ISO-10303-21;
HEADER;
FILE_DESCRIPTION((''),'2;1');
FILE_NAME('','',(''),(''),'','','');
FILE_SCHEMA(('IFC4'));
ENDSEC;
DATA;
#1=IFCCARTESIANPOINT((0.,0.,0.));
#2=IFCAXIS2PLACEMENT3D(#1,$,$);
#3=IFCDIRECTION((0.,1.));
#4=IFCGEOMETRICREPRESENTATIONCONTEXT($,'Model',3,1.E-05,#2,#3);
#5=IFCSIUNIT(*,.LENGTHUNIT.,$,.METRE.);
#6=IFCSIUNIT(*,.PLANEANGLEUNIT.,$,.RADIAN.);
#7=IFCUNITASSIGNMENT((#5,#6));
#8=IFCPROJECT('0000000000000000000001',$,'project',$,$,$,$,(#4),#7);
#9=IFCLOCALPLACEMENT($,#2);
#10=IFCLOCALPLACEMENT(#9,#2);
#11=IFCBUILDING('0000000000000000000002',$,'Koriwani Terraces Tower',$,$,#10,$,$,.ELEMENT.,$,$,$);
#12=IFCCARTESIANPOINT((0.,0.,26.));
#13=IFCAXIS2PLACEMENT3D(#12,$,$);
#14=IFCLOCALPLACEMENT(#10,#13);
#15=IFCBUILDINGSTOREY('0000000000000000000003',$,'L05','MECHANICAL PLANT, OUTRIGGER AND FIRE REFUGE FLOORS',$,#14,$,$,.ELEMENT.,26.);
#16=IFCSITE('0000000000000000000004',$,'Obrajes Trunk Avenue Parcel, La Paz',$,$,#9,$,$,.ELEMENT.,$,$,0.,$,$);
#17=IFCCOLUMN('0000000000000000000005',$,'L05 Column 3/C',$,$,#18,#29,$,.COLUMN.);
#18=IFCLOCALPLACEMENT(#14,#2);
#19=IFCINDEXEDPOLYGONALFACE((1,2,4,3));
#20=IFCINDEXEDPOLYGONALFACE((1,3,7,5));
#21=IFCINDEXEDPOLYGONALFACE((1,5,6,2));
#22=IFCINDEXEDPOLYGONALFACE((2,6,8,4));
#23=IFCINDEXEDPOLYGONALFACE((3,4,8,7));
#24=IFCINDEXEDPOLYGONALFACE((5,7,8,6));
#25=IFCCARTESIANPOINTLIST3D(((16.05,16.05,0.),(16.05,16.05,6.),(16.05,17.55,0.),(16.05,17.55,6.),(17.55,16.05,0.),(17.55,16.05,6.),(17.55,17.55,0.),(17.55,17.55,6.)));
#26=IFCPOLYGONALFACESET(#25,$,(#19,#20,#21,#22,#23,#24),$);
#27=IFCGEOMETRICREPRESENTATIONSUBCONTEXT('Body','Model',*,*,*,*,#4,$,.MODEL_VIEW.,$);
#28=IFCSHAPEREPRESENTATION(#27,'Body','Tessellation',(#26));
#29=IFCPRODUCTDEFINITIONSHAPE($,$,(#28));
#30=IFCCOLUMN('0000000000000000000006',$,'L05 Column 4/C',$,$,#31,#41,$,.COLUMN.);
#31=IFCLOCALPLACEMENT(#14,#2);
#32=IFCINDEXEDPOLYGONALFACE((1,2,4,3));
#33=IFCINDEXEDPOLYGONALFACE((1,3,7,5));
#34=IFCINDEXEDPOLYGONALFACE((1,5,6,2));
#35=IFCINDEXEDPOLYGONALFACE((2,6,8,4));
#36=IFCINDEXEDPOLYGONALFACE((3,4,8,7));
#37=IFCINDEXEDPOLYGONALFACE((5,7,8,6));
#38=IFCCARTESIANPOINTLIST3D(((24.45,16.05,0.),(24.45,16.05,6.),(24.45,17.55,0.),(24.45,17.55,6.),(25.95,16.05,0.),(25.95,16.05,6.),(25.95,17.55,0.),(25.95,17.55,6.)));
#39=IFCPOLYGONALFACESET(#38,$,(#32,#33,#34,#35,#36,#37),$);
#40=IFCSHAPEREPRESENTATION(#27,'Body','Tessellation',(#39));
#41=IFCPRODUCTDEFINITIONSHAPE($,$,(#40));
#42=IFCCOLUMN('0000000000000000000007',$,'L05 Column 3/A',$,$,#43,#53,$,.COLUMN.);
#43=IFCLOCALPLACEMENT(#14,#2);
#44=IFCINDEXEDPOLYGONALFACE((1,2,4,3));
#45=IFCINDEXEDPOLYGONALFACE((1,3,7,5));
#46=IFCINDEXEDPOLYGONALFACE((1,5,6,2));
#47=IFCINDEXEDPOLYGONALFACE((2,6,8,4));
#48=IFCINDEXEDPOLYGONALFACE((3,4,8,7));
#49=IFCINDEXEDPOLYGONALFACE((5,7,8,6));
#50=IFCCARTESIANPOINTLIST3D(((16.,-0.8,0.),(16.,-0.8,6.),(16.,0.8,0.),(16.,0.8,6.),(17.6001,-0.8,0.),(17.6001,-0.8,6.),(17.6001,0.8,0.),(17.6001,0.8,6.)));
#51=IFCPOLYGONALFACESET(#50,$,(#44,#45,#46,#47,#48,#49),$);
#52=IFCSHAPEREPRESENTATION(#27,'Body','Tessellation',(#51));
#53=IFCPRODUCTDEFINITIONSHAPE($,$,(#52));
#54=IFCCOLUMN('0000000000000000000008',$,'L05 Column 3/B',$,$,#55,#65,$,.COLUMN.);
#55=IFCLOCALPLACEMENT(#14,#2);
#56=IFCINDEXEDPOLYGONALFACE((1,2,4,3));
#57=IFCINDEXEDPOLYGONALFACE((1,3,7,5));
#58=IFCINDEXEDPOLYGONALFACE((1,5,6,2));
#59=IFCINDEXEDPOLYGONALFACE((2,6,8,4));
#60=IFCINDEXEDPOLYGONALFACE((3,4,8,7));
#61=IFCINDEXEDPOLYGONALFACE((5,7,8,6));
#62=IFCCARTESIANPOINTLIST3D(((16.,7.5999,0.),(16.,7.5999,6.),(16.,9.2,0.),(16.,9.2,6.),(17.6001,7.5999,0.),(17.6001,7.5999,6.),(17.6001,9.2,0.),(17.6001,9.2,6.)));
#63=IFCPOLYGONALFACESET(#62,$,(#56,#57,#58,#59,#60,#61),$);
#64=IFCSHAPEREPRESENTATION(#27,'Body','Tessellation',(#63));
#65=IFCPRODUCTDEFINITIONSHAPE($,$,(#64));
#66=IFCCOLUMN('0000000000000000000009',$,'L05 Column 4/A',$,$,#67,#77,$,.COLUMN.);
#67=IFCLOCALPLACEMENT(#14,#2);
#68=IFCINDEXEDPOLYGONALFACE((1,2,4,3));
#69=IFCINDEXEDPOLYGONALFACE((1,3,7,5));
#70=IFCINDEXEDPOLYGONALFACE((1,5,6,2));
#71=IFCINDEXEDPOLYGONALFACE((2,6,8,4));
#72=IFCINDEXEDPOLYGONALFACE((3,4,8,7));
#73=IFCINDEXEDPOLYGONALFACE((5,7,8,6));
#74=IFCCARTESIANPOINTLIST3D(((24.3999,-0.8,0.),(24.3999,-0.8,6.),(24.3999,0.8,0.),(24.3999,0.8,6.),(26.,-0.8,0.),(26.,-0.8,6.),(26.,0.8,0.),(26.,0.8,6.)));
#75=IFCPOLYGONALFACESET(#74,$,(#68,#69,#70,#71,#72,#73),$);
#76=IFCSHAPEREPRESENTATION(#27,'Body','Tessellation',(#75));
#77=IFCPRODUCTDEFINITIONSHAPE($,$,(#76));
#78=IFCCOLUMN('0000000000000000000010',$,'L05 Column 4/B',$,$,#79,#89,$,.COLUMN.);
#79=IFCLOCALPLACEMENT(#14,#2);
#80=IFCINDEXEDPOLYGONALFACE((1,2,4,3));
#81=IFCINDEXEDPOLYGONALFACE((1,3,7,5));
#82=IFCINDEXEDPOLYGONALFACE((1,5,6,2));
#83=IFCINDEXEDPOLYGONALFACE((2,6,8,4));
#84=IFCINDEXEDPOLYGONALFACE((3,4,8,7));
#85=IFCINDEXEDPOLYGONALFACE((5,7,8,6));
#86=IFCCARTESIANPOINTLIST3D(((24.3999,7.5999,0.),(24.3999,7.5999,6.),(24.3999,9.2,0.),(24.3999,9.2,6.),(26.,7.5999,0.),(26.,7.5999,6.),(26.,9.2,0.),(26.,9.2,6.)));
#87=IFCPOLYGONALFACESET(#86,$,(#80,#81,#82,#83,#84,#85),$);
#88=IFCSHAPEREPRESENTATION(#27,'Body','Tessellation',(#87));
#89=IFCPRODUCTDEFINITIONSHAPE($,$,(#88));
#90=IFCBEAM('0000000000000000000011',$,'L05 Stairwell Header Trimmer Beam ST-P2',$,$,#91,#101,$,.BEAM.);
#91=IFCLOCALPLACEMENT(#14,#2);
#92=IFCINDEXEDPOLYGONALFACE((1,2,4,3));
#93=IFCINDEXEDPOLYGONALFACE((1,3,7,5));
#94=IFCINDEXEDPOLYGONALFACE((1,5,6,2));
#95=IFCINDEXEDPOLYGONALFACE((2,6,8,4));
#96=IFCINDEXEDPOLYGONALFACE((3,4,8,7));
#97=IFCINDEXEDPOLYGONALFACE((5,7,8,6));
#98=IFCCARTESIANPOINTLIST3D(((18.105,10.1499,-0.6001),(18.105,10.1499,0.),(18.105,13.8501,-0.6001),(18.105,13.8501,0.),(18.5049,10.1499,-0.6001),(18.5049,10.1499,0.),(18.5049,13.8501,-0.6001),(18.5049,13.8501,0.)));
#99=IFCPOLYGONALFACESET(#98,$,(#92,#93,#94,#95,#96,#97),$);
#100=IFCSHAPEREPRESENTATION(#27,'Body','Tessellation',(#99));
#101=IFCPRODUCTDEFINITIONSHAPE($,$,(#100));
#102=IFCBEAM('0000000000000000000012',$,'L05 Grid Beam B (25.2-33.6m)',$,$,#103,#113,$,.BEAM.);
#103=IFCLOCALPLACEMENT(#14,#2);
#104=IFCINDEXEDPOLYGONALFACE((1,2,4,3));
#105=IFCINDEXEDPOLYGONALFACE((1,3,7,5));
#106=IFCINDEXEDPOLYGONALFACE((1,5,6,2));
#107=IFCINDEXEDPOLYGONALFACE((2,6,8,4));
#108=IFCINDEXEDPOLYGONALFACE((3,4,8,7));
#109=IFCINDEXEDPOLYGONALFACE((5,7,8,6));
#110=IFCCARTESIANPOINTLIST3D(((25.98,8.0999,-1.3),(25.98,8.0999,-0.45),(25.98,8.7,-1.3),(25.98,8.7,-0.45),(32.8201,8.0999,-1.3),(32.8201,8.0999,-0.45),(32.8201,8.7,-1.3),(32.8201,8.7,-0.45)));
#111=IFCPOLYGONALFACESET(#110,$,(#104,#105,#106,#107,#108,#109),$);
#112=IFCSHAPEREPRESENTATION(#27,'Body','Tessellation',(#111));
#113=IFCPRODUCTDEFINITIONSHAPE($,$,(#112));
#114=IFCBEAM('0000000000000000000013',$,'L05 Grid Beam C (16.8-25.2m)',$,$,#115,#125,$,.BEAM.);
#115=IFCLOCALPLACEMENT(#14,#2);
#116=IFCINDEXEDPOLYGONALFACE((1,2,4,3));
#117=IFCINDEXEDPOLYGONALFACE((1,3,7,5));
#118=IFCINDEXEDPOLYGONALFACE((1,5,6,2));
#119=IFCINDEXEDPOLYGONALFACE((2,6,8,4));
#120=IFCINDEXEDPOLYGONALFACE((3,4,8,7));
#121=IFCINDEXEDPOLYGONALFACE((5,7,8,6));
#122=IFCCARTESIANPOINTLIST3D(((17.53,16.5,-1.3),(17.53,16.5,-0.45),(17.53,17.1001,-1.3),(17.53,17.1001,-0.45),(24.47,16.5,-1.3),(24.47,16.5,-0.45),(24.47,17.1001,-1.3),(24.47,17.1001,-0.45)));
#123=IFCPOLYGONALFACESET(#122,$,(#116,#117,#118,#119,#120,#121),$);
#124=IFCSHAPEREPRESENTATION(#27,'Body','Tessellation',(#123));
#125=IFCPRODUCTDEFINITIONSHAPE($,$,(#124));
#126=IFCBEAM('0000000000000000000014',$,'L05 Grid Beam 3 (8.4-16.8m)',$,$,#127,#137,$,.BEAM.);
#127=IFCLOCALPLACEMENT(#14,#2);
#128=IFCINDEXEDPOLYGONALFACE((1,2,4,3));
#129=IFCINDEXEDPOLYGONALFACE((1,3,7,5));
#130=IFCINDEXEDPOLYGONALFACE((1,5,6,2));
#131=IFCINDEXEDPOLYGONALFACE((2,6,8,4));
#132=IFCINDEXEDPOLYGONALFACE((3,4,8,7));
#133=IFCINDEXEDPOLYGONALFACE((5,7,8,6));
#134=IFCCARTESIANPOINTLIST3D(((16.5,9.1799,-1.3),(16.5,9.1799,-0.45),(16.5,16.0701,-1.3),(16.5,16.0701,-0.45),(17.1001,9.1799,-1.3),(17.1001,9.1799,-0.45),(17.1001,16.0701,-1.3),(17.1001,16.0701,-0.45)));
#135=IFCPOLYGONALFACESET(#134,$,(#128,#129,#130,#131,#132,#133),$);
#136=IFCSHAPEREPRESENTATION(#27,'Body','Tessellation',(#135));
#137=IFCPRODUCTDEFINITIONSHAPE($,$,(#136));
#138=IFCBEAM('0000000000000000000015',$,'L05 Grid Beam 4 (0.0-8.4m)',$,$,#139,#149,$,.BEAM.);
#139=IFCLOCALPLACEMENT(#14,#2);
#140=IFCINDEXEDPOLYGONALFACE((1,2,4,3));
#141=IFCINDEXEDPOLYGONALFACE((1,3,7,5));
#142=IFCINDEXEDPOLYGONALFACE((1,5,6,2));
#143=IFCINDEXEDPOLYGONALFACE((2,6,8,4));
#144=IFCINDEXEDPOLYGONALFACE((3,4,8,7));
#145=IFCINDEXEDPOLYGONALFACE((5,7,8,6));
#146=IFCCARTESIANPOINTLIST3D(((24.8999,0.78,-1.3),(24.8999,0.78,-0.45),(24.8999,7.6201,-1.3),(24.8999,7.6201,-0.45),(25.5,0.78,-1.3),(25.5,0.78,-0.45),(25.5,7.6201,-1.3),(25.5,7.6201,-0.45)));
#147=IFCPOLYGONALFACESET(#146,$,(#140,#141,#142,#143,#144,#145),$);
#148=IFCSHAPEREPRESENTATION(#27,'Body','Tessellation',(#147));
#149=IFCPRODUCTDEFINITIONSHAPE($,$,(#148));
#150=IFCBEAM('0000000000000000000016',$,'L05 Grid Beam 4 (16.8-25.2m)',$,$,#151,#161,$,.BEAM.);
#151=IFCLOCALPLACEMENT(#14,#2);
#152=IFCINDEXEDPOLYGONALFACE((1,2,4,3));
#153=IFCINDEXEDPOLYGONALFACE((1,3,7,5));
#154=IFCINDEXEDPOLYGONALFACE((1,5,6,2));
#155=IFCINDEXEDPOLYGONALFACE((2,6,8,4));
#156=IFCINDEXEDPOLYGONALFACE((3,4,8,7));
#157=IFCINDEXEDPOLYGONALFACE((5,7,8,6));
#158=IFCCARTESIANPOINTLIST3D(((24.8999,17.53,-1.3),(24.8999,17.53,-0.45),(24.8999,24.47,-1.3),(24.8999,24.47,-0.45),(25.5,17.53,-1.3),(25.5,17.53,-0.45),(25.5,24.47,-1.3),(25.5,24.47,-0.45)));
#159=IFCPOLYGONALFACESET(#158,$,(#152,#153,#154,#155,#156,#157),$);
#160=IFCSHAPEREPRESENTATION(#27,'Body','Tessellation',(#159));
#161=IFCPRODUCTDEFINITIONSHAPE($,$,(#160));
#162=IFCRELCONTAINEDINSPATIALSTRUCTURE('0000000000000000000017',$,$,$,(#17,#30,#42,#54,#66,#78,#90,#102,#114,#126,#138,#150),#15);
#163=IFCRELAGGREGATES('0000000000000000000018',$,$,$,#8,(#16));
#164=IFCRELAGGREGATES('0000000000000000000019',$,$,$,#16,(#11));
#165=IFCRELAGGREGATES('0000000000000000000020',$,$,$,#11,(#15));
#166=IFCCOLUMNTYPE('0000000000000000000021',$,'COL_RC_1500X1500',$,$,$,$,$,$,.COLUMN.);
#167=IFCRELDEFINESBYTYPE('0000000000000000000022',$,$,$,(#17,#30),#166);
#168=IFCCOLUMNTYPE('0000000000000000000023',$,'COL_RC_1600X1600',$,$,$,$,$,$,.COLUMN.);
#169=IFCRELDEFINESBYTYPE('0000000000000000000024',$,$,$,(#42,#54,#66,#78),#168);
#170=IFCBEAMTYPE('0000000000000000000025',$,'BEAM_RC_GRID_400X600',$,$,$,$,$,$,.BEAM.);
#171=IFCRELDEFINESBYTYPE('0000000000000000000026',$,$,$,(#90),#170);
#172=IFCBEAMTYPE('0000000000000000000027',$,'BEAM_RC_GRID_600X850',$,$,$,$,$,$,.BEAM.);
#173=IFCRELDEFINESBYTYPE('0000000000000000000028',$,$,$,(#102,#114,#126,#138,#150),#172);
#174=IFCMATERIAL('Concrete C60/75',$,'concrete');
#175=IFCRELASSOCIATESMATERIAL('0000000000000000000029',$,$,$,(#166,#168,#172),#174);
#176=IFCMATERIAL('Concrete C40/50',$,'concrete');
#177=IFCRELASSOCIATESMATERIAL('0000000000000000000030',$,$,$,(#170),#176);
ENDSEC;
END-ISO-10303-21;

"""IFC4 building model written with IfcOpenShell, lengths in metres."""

from ifc_helpers import new_model, si_unit, direction, frame, origin, origin_2d, place, context, subcontext, project, spatial, rectangle, extrude, material, material_profile, profile_set, type_object, element, save


model = new_model("IFC4")

# Units and contexts
model_context = context("Model", 3, precision=1e-05, world=origin(), true_north=direction((0.0, 1.0)))
body_context = subcontext(model_context, "Body", "Model", "MODEL_VIEW")
ifc_project = project(units=[si_unit("LENGTHUNIT", "METRE"), si_unit("PLANEANGLEUNIT", "RADIAN")], contexts=[model_context])

# Site, building, storey
site_placement = place(None, origin())
site = spatial("IfcSite", under=ifc_project, at=site_placement, Name="Obrajes Trunk Avenue Parcel, La Paz", CompositionType="ELEMENT", RefElevation=0.0)
building_placement = place(site_placement, origin())
building = spatial("IfcBuilding", under=site, at=building_placement, Name="Koriwani Terraces Tower", CompositionType="ELEMENT")
storey_placement = place(building_placement, frame((0.0, 0.0, 26.0)))
storey = spatial("IfcBuildingStorey", under=building, at=storey_placement, Name="L05", Description="MECHANICAL PLANT, OUTRIGGER AND FIRE REFUGE FLOORS", CompositionType="ELEMENT", Elevation=26.0)

# Columns
ifc_material_1 = material(Name="Concrete C60/75", Category="concrete")
ifc_material_profile_1 = material_profile(ifc_material_1, rectangle(XDim=1.5, YDim=1.5, at=origin_2d()), Name="Concrete C60/75", Category="LoadBearing")
ifc_profile_set_1 = profile_set([ifc_material_profile_1], Name="Concrete C60/75")
column_type_1 = type_object("IfcColumnType", Name="COL_RC_1500X1500", PredefinedType="COLUMN", material=ifc_profile_set_1)
for number, where, z_axis, x_axis, name in (
    (1, (16.8, 16.8, 0.0), (0.0, 0.0, 1.0), (1.0, 0.0, 0.0), "L05 Column 3/C"),
    (2, (25.2, 16.8, 0.0), (0.0, 0.0, 1.0), (1.0, 0.0, 0.0), "L05 Column 4/C"),
):
    element("IfcColumn", number, at=place(storey_placement, frame(where, z_axis=z_axis, x_axis=x_axis)), inside=storey, type_object=column_type_1, Name=name, PredefinedType="COLUMN", context=body_context, shape_type="SweptSolid", body=[
        extrude(rectangle(XDim=1.5, YDim=1.5, at=origin_2d()), origin(), (0.0, 0.0, 1.0), 6.0),
    ])
ifc_material_profile_2 = material_profile(ifc_material_1, rectangle(XDim=1.6001, YDim=1.6001, at=origin_2d()), Name="Concrete C60/75", Category="LoadBearing")
ifc_profile_set_2 = profile_set([ifc_material_profile_2], Name="Concrete C60/75")
column_type_2 = type_object("IfcColumnType", Name="COL_RC_1600X1600", PredefinedType="COLUMN", material=ifc_profile_set_2)
for number, where, z_axis, x_axis, name in (
    (3, (16.8, 0.0, 0.0), (0.0, 0.0, 1.0), (1.0, 0.0, 0.0), "L05 Column 3/A"),
    (4, (16.8, 8.3999, 0.0), (0.0, 0.0, 1.0), (1.0, 0.0, 0.0), "L05 Column 3/B"),
    (5, (25.2, 0.0, 0.0), (0.0, 0.0, 1.0), (1.0, 0.0, 0.0), "L05 Column 4/A"),
    (6, (25.2, 8.3999, 0.0), (0.0, 0.0, 1.0), (1.0, 0.0, 0.0), "L05 Column 4/B"),
):
    element("IfcColumn", number, at=place(storey_placement, frame(where, z_axis=z_axis, x_axis=x_axis)), inside=storey, type_object=column_type_2, Name=name, PredefinedType="COLUMN", context=body_context, shape_type="SweptSolid", body=[
        extrude(rectangle(XDim=1.6001, YDim=1.6001, at=origin_2d()), origin(), (0.0, 0.0, 1.0), 6.0),
    ])

# Beams
ifc_material_2 = material(Name="Concrete C40/50", Category="concrete")
ifc_material_profile_3 = material_profile(ifc_material_2, rectangle(XDim=0.3999, YDim=0.6001, at=origin_2d()), Name="Concrete C40/50", Category="LoadBearing")
ifc_profile_set_3 = profile_set([ifc_material_profile_3], Name="Concrete C40/50")
beam_type_1 = type_object("IfcBeamType", Name="BEAM_RC_GRID_400X600", PredefinedType="BEAM", material=ifc_profile_set_3)
beam_1_placement = place(storey_placement, frame((18.3049, 10.1499, -0.3), z_axis=(0.0, 1.0, 0.0), x_axis=(-1.0, 0.0, 0.0)))
element("IfcBeam", 7, at=beam_1_placement, inside=storey, type_object=beam_type_1, Name="L05 Stairwell Header Trimmer Beam ST-P2", PredefinedType="BEAM", context=body_context, shape_type="SweptSolid", body=[
    extrude(rectangle(XDim=0.3999, YDim=0.6001, at=origin_2d()), origin(), (0.0, 0.0, 1.0), 3.7002),
])
ifc_material_profile_4 = material_profile(ifc_material_1, rectangle(XDim=0.6001, YDim=0.8501, at=origin_2d()), Name="Concrete C60/75", Category="LoadBearing")
ifc_profile_set_4 = profile_set([ifc_material_profile_4], Name="Concrete C60/75")
beam_type_2 = type_object("IfcBeamType", Name="BEAM_RC_GRID_600X850", PredefinedType="BEAM", material=ifc_profile_set_4)
beam_2_placement = place(storey_placement, frame((25.98, 8.3999, -0.875), z_axis=(1.0, 0.0, 0.0), x_axis=(0.0, 1.0, 0.0)))
element("IfcBeam", 8, at=beam_2_placement, inside=storey, type_object=beam_type_2, Name="L05 Grid Beam B (25.2-33.6m)", PredefinedType="BEAM", context=body_context, shape_type="SweptSolid", body=[
    extrude(rectangle(XDim=0.6001, YDim=0.8501, at=origin_2d()), origin(), (0.0, 0.0, 1.0), 6.8401),
])
beam_3_placement = place(storey_placement, frame((17.53, 16.8, -0.875), z_axis=(1.0, 0.0, 0.0), x_axis=(0.0, 1.0, 0.0)))
element("IfcBeam", 9, at=beam_3_placement, inside=storey, type_object=beam_type_2, Name="L05 Grid Beam C (16.8-25.2m)", PredefinedType="BEAM", context=body_context, shape_type="SweptSolid", body=[
    extrude(rectangle(XDim=0.6001, YDim=0.8501, at=origin_2d()), origin(), (0.0, 0.0, 1.0), 6.9399),
])
beam_4_placement = place(storey_placement, frame((16.8, 9.1799, -0.875), z_axis=(0.0, 1.0, 0.0), x_axis=(-1.0, 0.0, 0.0)))
element("IfcBeam", 10, at=beam_4_placement, inside=storey, type_object=beam_type_2, Name="L05 Grid Beam 3 (8.4-16.8m)", PredefinedType="BEAM", context=body_context, shape_type="SweptSolid", body=[
    extrude(rectangle(XDim=0.6001, YDim=0.8501, at=origin_2d()), origin(), (0.0, 0.0, 1.0), 6.8901),
])
beam_5_placement = place(storey_placement, frame((25.2, 0.78, -0.875), z_axis=(0.0, 1.0, 0.0), x_axis=(-1.0, 0.0, 0.0)))
element("IfcBeam", 11, at=beam_5_placement, inside=storey, type_object=beam_type_2, Name="L05 Grid Beam 4 (0.0-8.4m)", PredefinedType="BEAM", context=body_context, shape_type="SweptSolid", body=[
    extrude(rectangle(XDim=0.6001, YDim=0.8501, at=origin_2d()), origin(), (0.0, 0.0, 1.0), 6.8401),
])
beam_6_placement = place(storey_placement, frame((25.2, 17.53, -0.875), z_axis=(0.0, 1.0, 0.0), x_axis=(-1.0, 0.0, 0.0)))
element("IfcBeam", 12, at=beam_6_placement, inside=storey, type_object=beam_type_2, Name="L05 Grid Beam 4 (16.8-25.2m)", PredefinedType="BEAM", context=body_context, shape_type="SweptSolid", body=[
    extrude(rectangle(XDim=0.6001, YDim=0.8501, at=origin_2d()), origin(), (0.0, 0.0, 1.0), 6.9399),
])

save(model, "model.ifc")
